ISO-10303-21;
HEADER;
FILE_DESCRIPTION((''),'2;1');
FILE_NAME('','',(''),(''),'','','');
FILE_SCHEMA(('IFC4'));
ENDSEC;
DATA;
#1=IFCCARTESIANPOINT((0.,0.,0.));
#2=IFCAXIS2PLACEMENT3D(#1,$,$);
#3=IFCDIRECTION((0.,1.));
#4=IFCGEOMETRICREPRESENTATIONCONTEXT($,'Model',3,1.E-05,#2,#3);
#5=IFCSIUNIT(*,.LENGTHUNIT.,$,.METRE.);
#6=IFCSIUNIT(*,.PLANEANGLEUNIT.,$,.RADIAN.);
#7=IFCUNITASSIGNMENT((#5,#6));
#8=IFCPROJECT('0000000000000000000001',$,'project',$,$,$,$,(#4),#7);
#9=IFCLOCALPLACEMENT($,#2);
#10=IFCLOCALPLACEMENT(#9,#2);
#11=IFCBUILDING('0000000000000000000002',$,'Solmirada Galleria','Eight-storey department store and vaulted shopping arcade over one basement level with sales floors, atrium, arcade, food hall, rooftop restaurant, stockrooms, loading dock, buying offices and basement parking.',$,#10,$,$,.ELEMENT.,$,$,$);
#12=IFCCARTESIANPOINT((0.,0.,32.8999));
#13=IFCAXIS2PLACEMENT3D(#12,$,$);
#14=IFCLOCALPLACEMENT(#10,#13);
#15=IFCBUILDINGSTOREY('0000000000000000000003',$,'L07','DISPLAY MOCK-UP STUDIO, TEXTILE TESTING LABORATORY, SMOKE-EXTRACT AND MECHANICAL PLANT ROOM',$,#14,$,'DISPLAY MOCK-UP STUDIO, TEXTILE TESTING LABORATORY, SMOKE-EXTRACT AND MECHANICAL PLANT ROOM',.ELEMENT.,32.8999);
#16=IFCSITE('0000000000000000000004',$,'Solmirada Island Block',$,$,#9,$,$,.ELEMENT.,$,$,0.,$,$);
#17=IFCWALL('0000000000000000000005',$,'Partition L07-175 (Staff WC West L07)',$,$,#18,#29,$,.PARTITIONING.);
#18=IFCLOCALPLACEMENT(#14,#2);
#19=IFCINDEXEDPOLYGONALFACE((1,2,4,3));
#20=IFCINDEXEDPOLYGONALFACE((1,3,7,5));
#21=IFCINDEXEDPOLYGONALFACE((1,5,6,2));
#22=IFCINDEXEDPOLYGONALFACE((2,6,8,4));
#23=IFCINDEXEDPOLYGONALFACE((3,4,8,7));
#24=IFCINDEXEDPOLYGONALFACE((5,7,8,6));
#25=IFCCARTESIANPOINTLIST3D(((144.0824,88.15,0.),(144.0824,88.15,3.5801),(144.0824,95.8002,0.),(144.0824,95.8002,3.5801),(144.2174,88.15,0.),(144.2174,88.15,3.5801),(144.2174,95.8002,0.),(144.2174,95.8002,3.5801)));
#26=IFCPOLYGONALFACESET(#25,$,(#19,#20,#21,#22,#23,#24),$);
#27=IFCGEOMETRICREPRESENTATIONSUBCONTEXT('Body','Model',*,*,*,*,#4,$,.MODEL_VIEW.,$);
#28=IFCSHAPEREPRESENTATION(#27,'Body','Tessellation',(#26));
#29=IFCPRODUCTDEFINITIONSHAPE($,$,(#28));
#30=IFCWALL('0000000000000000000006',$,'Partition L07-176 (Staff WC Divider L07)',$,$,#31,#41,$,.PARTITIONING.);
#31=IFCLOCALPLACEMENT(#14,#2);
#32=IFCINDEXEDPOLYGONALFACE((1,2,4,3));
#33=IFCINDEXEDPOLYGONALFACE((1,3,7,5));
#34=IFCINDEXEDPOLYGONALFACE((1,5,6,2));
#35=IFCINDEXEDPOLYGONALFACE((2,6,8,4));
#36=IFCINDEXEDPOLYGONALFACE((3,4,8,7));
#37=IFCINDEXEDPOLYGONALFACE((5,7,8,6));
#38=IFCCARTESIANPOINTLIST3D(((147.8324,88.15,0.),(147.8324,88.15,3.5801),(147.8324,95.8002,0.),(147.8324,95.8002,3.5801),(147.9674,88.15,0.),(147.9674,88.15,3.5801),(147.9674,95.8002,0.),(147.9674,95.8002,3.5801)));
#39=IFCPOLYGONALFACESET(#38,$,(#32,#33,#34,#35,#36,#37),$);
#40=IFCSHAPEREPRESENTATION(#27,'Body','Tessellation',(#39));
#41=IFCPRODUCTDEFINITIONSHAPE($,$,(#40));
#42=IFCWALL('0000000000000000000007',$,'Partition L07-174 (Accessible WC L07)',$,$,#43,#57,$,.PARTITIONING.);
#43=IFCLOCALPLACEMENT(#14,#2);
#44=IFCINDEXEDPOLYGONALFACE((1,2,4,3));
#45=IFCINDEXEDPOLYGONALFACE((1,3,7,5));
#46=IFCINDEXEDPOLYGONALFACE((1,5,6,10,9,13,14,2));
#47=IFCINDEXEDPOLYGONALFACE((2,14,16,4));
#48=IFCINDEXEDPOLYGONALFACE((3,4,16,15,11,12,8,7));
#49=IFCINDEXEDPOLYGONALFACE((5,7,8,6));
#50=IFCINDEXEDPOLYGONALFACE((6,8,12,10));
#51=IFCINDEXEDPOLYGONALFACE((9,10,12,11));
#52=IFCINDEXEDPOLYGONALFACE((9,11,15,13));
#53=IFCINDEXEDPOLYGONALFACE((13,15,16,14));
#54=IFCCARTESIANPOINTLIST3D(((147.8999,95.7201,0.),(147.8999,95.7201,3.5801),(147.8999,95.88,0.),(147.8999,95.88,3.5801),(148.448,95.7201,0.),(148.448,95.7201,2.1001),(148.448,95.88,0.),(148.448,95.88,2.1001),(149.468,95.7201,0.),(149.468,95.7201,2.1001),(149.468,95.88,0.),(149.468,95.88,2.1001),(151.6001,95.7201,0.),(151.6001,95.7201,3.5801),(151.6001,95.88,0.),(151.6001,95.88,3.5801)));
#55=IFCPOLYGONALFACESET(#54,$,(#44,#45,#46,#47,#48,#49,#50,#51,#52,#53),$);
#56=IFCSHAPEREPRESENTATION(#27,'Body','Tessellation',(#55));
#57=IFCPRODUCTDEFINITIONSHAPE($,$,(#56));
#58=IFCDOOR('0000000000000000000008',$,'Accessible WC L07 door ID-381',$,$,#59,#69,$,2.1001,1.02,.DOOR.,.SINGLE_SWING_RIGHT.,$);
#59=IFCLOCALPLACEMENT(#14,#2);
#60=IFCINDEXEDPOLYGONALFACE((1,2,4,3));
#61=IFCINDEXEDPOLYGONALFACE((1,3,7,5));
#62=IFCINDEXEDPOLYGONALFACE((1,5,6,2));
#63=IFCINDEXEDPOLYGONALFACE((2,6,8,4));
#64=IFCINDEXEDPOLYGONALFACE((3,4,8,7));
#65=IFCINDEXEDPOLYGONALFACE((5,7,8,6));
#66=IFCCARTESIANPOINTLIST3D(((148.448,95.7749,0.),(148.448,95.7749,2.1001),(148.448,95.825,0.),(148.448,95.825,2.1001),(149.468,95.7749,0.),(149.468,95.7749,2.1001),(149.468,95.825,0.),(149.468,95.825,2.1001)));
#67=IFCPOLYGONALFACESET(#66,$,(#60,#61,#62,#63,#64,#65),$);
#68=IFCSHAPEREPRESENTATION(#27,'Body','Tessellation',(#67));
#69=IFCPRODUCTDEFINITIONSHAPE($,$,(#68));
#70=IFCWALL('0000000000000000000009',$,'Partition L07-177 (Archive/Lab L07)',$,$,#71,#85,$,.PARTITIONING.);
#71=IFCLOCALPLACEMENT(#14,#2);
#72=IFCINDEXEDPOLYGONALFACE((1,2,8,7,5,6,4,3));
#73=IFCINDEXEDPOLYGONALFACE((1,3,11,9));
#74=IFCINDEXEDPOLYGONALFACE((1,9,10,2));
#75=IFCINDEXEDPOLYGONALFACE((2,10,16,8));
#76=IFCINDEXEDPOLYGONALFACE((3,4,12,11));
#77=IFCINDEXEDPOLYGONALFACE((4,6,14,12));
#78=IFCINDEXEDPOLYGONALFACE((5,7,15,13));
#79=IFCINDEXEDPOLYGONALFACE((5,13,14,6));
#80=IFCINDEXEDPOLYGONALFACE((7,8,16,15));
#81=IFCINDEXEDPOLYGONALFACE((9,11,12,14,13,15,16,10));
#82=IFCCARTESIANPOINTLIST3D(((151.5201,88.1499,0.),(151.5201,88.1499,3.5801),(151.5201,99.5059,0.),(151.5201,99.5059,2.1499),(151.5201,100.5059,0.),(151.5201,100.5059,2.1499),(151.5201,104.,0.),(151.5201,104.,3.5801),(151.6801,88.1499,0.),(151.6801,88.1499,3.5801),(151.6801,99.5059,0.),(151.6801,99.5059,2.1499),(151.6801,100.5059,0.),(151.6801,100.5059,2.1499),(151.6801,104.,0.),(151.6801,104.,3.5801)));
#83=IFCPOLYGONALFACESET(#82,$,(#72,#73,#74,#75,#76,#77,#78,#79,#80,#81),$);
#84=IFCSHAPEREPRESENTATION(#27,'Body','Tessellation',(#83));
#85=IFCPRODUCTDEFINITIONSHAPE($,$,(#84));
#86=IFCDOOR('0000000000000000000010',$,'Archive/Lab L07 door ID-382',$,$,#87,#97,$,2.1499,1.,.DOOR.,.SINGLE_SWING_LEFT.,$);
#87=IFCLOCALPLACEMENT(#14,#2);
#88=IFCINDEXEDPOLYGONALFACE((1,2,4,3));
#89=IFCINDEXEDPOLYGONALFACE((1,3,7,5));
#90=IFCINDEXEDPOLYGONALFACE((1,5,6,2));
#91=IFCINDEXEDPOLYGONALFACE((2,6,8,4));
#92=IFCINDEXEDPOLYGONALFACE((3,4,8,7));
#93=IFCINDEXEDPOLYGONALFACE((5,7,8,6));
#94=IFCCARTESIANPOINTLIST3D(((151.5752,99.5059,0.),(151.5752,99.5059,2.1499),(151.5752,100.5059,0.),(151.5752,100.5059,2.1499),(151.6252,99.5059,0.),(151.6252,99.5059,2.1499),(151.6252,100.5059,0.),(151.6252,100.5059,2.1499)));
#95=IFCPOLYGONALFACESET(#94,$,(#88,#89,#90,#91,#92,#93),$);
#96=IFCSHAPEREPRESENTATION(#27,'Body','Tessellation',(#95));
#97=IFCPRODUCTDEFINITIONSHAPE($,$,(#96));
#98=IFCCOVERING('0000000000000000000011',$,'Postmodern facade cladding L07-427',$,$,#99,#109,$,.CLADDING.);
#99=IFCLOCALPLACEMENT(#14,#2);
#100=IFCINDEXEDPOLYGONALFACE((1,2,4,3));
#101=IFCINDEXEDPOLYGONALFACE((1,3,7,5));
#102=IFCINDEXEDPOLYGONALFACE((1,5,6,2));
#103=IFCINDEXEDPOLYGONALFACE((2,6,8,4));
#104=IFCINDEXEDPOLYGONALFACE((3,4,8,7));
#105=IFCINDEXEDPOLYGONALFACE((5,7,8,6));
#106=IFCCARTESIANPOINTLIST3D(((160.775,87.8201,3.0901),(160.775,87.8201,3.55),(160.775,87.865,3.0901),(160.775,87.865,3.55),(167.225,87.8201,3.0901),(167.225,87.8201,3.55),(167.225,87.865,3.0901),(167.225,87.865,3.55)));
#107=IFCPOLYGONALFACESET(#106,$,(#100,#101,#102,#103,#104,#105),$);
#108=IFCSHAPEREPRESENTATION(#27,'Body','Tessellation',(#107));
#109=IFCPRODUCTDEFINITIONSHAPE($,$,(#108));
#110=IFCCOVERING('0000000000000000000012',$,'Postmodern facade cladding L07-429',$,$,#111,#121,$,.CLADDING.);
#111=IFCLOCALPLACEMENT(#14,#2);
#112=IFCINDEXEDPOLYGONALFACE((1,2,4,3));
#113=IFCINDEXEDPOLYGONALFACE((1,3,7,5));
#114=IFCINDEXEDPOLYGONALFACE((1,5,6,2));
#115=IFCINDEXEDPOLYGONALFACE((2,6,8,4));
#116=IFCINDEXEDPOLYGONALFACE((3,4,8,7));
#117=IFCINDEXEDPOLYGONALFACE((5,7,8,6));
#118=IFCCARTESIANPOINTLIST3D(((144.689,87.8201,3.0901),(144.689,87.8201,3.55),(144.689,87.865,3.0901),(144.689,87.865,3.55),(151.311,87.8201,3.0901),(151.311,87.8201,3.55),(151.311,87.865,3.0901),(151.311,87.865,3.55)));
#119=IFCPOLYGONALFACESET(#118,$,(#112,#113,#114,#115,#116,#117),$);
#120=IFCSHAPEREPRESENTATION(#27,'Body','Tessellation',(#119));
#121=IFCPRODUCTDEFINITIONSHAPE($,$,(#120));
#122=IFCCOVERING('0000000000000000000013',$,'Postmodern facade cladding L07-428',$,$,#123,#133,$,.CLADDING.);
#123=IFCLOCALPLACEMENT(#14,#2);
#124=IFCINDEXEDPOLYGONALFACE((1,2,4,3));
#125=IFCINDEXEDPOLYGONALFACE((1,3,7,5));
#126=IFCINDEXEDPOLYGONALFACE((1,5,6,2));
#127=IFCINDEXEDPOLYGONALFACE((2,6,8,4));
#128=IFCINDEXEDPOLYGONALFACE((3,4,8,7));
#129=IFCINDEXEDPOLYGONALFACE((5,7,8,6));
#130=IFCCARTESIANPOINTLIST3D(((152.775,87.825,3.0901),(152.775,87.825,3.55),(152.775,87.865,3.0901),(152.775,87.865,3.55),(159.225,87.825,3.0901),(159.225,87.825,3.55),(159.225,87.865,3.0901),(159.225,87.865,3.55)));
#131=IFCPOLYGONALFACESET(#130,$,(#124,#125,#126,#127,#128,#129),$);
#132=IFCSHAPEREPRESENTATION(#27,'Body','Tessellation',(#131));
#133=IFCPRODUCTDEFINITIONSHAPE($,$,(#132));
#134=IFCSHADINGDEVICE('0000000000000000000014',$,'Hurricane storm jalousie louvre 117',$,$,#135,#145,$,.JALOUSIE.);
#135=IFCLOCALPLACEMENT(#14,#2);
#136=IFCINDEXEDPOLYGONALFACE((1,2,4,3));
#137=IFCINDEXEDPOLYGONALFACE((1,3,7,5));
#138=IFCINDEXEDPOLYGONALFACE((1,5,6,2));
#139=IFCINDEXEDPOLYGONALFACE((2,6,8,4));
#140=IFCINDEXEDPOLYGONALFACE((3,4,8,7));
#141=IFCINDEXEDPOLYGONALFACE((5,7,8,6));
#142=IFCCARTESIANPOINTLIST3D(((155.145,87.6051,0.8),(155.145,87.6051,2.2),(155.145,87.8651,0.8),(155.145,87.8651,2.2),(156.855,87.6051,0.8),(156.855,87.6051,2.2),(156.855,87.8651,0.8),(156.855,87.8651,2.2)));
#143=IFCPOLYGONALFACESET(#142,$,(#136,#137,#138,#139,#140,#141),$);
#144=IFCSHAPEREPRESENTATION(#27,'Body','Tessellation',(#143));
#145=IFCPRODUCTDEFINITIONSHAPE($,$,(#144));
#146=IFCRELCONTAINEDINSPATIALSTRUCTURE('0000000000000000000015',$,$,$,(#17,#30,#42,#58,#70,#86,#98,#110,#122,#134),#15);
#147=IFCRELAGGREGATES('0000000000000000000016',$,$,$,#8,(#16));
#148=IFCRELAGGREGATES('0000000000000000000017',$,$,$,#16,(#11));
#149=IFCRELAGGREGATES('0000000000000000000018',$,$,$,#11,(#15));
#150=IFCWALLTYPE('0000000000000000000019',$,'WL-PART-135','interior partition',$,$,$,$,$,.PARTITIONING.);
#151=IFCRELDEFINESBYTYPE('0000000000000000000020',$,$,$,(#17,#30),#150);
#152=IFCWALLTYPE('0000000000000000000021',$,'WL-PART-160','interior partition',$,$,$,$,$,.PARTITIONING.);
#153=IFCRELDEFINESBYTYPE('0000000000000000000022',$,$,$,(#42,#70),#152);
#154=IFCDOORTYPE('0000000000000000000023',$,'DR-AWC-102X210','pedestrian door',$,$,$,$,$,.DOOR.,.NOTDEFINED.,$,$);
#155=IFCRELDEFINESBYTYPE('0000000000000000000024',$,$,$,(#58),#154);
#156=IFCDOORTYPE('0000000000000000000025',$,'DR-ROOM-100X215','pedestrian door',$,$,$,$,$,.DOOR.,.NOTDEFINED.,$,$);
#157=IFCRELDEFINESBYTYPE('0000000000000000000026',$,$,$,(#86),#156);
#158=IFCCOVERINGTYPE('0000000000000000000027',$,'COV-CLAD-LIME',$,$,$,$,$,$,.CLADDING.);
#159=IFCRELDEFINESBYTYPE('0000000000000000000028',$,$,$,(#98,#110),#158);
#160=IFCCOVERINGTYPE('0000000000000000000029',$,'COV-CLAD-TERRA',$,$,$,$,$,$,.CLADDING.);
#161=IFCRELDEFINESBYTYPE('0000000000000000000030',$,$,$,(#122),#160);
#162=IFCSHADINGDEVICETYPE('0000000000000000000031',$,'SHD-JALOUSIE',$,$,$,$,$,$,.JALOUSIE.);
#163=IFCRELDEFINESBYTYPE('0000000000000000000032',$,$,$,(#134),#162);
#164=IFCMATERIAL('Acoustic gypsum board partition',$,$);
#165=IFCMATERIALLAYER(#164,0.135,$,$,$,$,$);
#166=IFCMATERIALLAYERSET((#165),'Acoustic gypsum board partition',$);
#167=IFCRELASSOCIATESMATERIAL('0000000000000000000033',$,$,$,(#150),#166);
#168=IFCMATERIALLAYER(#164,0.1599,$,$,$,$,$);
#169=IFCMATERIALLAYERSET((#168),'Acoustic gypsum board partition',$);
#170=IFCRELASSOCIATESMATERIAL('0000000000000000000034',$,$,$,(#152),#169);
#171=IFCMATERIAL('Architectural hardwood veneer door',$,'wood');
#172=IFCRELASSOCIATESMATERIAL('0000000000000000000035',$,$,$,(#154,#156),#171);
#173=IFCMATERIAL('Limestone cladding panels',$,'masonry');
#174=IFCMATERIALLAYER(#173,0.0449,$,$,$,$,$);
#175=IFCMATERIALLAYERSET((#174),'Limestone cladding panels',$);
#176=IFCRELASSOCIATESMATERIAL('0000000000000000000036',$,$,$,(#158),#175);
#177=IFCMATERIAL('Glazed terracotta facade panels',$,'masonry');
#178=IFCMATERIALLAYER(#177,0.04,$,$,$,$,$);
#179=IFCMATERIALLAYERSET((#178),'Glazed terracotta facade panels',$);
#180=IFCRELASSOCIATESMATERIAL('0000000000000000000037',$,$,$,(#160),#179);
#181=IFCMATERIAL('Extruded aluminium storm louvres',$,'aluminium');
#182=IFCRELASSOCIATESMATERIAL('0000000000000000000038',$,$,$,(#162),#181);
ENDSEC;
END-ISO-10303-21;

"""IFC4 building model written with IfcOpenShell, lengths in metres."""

from ifc_helpers import new_model, si_unit, direction, frame, frame_2d, origin, origin_2d, place, context, subcontext, project, spatial, rectangle, extrude, material, layer, layer_set, type_object, element, fill, save


model = new_model("IFC4")

# Units and contexts
model_context = context("Model", 3, precision=1e-05, world=origin(), true_north=direction((0.0, 1.0)))
body_context = subcontext(model_context, "Body", "Model", "MODEL_VIEW")
ifc_project = project(units=[si_unit("LENGTHUNIT", "METRE"), si_unit("PLANEANGLEUNIT", "RADIAN")], contexts=[model_context])

# Site, building, storey
site_placement = place(None, origin())
site = spatial("IfcSite", under=ifc_project, at=site_placement, Name="Solmirada Island Block", CompositionType="ELEMENT", RefElevation=0.0)
building_placement = place(site_placement, origin())
building = spatial("IfcBuilding", under=site, at=building_placement, Name="Solmirada Galleria", Description="Eight-storey department store and vaulted shopping arcade over one basement level with sales floors, atrium, arcade, food hall, rooftop restaurant, stockrooms, loading dock, buying offices and basement parking.", CompositionType="ELEMENT")
storey_placement = place(building_placement, frame((0.0, 0.0, 32.8999)))
storey = spatial("IfcBuildingStorey", under=building, at=storey_placement, Name="L07", Description="DISPLAY MOCK-UP STUDIO, TEXTILE TESTING LABORATORY, SMOKE-EXTRACT AND MECHANICAL PLANT ROOM", LongName="DISPLAY MOCK-UP STUDIO, TEXTILE TESTING LABORATORY, SMOKE-EXTRACT AND MECHANICAL PLANT ROOM", CompositionType="ELEMENT", Elevation=32.8999)

# Walls
ifc_material_1 = material(Name="Acoustic gypsum board partition")
ifc_layer_1 = layer(ifc_material_1, 0.135)
ifc_layer_set_1 = layer_set([ifc_layer_1], Name="Acoustic gypsum board partition")
wall_type_1 = type_object("IfcWallType", Name="WL-PART-135", Description="interior partition", PredefinedType="PARTITIONING", material=ifc_layer_set_1)
for number, where, z_axis, x_axis, name in (
    (1, (144.1499, 88.1499, 0.0), (0.0, 0.0, 1.0), (0.0, 1.0, 0.0), "Partition L07-175 (Staff WC West L07)"),
    (2, (147.8999, 88.1499, 0.0), (0.0, 0.0, 1.0), (0.0, 1.0, 0.0), "Partition L07-176 (Staff WC Divider L07)"),
):
    element("IfcWall", number, at=place(storey_placement, frame(where, z_axis=z_axis, x_axis=x_axis)), inside=storey, type_object=wall_type_1, Name=name, PredefinedType="PARTITIONING", context=body_context, shape_type="SweptSolid", body=[
        extrude(rectangle(XDim=7.6501, YDim=0.135, at=frame_2d((3.8252, 0.0))), origin(), (0.0, 0.0, 1.0), 3.5801),
    ])

# Walls, openings, doors
ifc_layer_2 = layer(ifc_material_1, 0.1599)
ifc_layer_set_2 = layer_set([ifc_layer_2], Name="Acoustic gypsum board partition")
wall_type_2 = type_object("IfcWallType", Name="WL-PART-160", Description="interior partition", PredefinedType="PARTITIONING", material=ifc_layer_set_2)
wall_1_placement = place(storey_placement, frame((147.8999, 95.8, 0.0), z_axis=(0.0, 0.0, 1.0), x_axis=(1.0, 0.0, 0.0)))
wall_1 = element("IfcWall", 3, at=wall_1_placement, inside=storey, type_object=wall_type_2, Name="Partition L07-174 (Accessible WC L07)", PredefinedType="PARTITIONING", context=body_context, shape_type="SweptSolid", body=[
    extrude(rectangle(XDim=3.7002, YDim=0.1599, at=frame_2d((1.8501, 0.0))), origin(), (0.0, 0.0, 1.0), 3.5801),
])
opening_1_placement = place(wall_1_placement, frame((0.5481, 0.0, 0.0)))
opening_1 = element("IfcOpeningElement", 4, at=opening_1_placement, cuts=wall_1, PredefinedType="OPENING", context=body_context, shape_type="SweptSolid", body=[
    extrude(rectangle(XDim=1.02, YDim=2.1001, at=frame_2d((0.51, 1.05))), frame((0.0, 0.0898, 0.0), z_axis=(0.0, -1.0, 0.0), x_axis=(1.0, 0.0, 0.0)), (0.0, 0.0, 1.0), 0.1799),
])
ifc_material_2 = material(Name="Architectural hardwood veneer door", Category="wood")
door_type_1 = type_object("IfcDoorType", Name="DR-AWC-102X210", Description="pedestrian door", OperationType="NOTDEFINED", PredefinedType="DOOR", material=ifc_material_2)
door_1_placement = place(opening_1_placement, origin())
door_1 = element("IfcDoor", 5, at=door_1_placement, inside=storey, type_object=door_type_1, Name="Accessible WC L07 door ID-381", OperationType="SINGLE_SWING_RIGHT", OverallHeight=2.1001, OverallWidth=1.02, PredefinedType="DOOR", context=body_context, shape_type="SweptSolid", body=[
    extrude(rectangle(XDim=1.02, YDim=2.1001, at=frame_2d((0.51, 1.05))), frame((0.0, 0.0249, 0.0), z_axis=(0.0, -1.0, 0.0), x_axis=(1.0, 0.0, 0.0)), (0.0, 0.0, 1.0), 0.05),
])
fill(opening_1, door_1)
wall_2_placement = place(storey_placement, frame((151.6001, 88.1499, 0.0), z_axis=(0.0, 0.0, 1.0), x_axis=(0.0, 1.0, 0.0)))
wall_2 = element("IfcWall", 6, at=wall_2_placement, inside=storey, type_object=wall_type_2, Name="Partition L07-177 (Archive/Lab L07)", PredefinedType="PARTITIONING", context=body_context, shape_type="SweptSolid", body=[
    extrude(rectangle(XDim=15.8501, YDim=0.1599, at=frame_2d((7.925, 0.0))), origin(), (0.0, 0.0, 1.0), 3.5801),
])
opening_2_placement = place(wall_2_placement, frame((11.356, 0.0, 0.0)))
opening_2 = element("IfcOpeningElement", 7, at=opening_2_placement, cuts=wall_2, PredefinedType="OPENING", context=body_context, shape_type="SweptSolid", body=[
    extrude(rectangle(XDim=1.0, YDim=2.1499, at=frame_2d((0.5, 1.075))), frame((0.0, 0.0898, 0.0), z_axis=(0.0, -1.0, 0.0), x_axis=(1.0, 0.0, 0.0)), (0.0, 0.0, 1.0), 0.1799),
])
door_type_2 = type_object("IfcDoorType", Name="DR-ROOM-100X215", Description="pedestrian door", OperationType="NOTDEFINED", PredefinedType="DOOR", material=ifc_material_2)
door_2_placement = place(opening_2_placement, origin())
door_2 = element("IfcDoor", 8, at=door_2_placement, inside=storey, type_object=door_type_2, Name="Archive/Lab L07 door ID-382", OperationType="SINGLE_SWING_LEFT", OverallHeight=2.1499, OverallWidth=1.0, PredefinedType="DOOR", context=body_context, shape_type="SweptSolid", body=[
    extrude(rectangle(XDim=1.0, YDim=2.1499, at=frame_2d((0.5, 1.075))), frame((0.0, 0.0249, 0.0), z_axis=(0.0, -1.0, 0.0), x_axis=(1.0, 0.0, 0.0)), (0.0, 0.0, 1.0), 0.05),
])
fill(opening_2, door_2)

# Coverings
ifc_material_3 = material(Name="Limestone cladding panels", Category="masonry")
ifc_layer_3 = layer(ifc_material_3, 0.0449)
ifc_layer_set_3 = layer_set([ifc_layer_3], Name="Limestone cladding panels")
covering_type_1 = type_object("IfcCoveringType", Name="COV-CLAD-LIME", PredefinedType="CLADDING", material=ifc_layer_set_3)
covering_1_placement = place(storey_placement, frame((164.0, 87.8425, 3.0901), z_axis=(0.0, 0.0, 1.0), x_axis=(-1.0, 0.0, 0.0)))
element("IfcCovering", 9, at=covering_1_placement, inside=storey, type_object=covering_type_1, Name="Postmodern facade cladding L07-427", PredefinedType="CLADDING", context=body_context, shape_type="SweptSolid", body=[
    extrude(rectangle(XDim=6.45, YDim=0.0449, at=origin_2d()), origin(), (0.0, 0.0, 1.0), 0.46),
])
covering_2_placement = place(storey_placement, frame((148.0, 87.8425, 3.0901), z_axis=(0.0, 0.0, 1.0), x_axis=(-1.0, 0.0, 0.0)))
element("IfcCovering", 10, at=covering_2_placement, inside=storey, type_object=covering_type_1, Name="Postmodern facade cladding L07-429", PredefinedType="CLADDING", context=body_context, shape_type="SweptSolid", body=[
    extrude(rectangle(XDim=6.6221, YDim=0.0449, at=origin_2d()), origin(), (0.0, 0.0, 1.0), 0.46),
])
ifc_material_4 = material(Name="Glazed terracotta facade panels", Category="masonry")
ifc_layer_4 = layer(ifc_material_4, 0.04)
ifc_layer_set_4 = layer_set([ifc_layer_4], Name="Glazed terracotta facade panels")
covering_type_2 = type_object("IfcCoveringType", Name="COV-CLAD-TERRA", PredefinedType="CLADDING", material=ifc_layer_set_4)
covering_3_placement = place(storey_placement, frame((156.0, 87.845, 3.0901), z_axis=(0.0, 0.0, 1.0), x_axis=(-1.0, 0.0, 0.0)))
element("IfcCovering", 11, at=covering_3_placement, inside=storey, type_object=covering_type_2, Name="Postmodern facade cladding L07-428", PredefinedType="CLADDING", context=body_context, shape_type="SweptSolid", body=[
    extrude(rectangle(XDim=6.45, YDim=0.04, at=origin_2d()), origin(), (0.0, 0.0, 1.0), 0.46),
])

# Shading device
ifc_material_5 = material(Name="Extruded aluminium storm louvres", Category="aluminium")
shading_device_type = type_object("IfcShadingDeviceType", Name="SHD-JALOUSIE", PredefinedType="JALOUSIE", material=ifc_material_5)
shading_device_placement = place(storey_placement, frame((156.0, 87.7351, 0.8), z_axis=(0.0, 0.0, 1.0), x_axis=(-1.0, 0.0, 0.0)))
element("IfcShadingDevice", 12, at=shading_device_placement, inside=storey, type_object=shading_device_type, Name="Hurricane storm jalousie louvre 117", PredefinedType="JALOUSIE", context=body_context, shape_type="SweptSolid", body=[
    extrude(rectangle(XDim=1.71, YDim=0.26, at=origin_2d()), origin(), (0.0, 0.0, 1.0), 1.3999),
])

save(model, "model.ifc")
